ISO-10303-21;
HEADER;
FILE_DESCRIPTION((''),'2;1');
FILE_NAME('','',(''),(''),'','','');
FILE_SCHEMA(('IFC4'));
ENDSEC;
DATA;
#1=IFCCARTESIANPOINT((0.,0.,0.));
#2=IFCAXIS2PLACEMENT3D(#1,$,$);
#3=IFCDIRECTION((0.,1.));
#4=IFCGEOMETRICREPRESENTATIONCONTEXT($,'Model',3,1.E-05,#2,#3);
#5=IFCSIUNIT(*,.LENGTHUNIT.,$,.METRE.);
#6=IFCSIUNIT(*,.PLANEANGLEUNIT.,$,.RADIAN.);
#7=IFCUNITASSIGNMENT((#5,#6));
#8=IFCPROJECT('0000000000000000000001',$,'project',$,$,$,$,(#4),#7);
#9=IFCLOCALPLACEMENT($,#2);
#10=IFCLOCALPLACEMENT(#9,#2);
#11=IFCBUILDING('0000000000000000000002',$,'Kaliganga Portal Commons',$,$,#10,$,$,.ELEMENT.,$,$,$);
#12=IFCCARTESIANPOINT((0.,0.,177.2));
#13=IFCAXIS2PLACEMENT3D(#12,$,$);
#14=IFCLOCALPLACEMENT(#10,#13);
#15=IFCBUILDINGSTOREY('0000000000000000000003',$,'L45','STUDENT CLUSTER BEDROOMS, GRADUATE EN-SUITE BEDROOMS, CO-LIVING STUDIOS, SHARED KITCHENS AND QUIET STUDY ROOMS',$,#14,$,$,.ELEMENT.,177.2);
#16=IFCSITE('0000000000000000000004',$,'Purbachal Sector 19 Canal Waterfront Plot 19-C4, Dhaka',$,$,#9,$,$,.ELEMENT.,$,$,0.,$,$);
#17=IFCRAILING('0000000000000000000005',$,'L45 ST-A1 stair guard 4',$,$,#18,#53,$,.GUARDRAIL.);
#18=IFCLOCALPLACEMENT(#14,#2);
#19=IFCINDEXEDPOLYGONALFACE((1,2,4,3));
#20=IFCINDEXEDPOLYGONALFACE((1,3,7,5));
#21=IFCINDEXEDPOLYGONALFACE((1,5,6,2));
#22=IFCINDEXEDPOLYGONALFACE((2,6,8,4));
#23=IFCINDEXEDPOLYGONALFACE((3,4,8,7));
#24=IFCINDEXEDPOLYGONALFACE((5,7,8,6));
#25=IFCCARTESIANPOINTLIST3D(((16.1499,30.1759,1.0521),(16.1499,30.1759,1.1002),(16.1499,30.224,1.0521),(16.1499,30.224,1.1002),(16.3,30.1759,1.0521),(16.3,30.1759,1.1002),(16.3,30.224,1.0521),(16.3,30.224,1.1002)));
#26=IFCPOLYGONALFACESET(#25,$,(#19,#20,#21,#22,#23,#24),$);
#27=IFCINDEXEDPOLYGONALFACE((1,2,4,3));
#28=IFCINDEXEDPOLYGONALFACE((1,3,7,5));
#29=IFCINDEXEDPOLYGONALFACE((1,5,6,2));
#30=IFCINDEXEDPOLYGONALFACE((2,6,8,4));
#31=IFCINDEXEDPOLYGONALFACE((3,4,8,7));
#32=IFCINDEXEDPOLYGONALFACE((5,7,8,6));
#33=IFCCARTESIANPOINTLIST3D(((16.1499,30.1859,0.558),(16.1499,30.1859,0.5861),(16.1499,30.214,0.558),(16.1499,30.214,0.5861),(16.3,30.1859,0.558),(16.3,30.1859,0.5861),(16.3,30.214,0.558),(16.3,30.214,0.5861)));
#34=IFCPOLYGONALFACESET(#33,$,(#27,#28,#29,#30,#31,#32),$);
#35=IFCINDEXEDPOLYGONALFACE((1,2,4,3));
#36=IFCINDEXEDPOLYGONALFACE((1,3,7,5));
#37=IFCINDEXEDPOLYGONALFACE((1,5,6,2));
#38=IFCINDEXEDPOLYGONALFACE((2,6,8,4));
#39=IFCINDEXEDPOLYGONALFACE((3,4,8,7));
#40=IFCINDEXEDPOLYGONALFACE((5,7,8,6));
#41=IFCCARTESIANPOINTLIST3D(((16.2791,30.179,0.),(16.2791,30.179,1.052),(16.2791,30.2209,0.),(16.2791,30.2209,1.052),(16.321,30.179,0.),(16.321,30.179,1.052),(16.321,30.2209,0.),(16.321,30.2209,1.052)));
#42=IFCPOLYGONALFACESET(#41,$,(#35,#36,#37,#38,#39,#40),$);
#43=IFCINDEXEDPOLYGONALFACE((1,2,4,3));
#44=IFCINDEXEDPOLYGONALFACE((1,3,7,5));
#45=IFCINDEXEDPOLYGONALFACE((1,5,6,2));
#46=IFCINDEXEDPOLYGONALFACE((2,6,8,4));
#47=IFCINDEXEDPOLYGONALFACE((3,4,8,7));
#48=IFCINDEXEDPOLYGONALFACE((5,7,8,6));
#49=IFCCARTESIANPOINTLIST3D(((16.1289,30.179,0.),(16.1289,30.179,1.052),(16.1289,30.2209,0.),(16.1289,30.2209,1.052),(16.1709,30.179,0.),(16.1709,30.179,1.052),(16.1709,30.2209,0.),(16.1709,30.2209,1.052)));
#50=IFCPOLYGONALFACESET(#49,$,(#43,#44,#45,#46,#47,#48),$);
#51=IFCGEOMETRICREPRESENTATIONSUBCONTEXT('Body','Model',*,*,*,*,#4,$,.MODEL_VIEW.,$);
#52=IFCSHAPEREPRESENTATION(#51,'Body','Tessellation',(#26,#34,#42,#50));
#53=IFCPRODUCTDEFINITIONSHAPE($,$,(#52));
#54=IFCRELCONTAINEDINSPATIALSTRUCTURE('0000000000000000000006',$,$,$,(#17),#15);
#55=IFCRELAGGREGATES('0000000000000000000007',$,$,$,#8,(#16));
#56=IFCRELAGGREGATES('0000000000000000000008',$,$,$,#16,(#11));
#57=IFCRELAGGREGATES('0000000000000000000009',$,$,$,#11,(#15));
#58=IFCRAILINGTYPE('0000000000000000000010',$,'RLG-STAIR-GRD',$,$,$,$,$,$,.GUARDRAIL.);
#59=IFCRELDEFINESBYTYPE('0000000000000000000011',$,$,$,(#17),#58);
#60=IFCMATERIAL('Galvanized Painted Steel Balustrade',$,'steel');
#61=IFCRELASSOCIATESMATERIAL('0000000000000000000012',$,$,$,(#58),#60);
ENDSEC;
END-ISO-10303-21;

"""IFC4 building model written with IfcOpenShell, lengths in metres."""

from ifc_helpers import new_model, si_unit, direction, frame, origin, origin_2d, place, context, subcontext, project, spatial, rectangle, extrude, material, type_object, element, save


model = new_model("IFC4")

# Units and contexts
model_context = context("Model", 3, precision=1e-05, world=origin(), true_north=direction((0.0, 1.0)))
body_context = subcontext(model_context, "Body", "Model", "MODEL_VIEW")
ifc_project = project(units=[si_unit("LENGTHUNIT", "METRE"), si_unit("PLANEANGLEUNIT", "RADIAN")], contexts=[model_context])

# Site, building, storey
site_placement = place(None, origin())
site = spatial("IfcSite", under=ifc_project, at=site_placement, Name="Purbachal Sector 19 Canal Waterfront Plot 19-C4, Dhaka", CompositionType="ELEMENT", RefElevation=0.0)
building_placement = place(site_placement, origin())
building = spatial("IfcBuilding", under=site, at=building_placement, Name="Kaliganga Portal Commons", CompositionType="ELEMENT")
storey_placement = place(building_placement, frame((0.0, 0.0, 177.2)))
storey = spatial("IfcBuildingStorey", under=building, at=storey_placement, Name="L45", Description="STUDENT CLUSTER BEDROOMS, GRADUATE EN-SUITE BEDROOMS, CO-LIVING STUDIOS, SHARED KITCHENS AND QUIET STUDY ROOMS", CompositionType="ELEMENT", Elevation=177.2)

# Railing
ifc_material_1 = material(Name="Galvanized Painted Steel Balustrade", Category="steel")
railing_type = type_object("IfcRailingType", Name="RLG-STAIR-GRD", PredefinedType="GUARDRAIL", material=ifc_material_1)
railing_placement = place(storey_placement, frame((16.3, 30.2, 0.0)))
element("IfcRailing", 1, at=railing_placement, inside=storey, type_object=railing_type, Name="L45 ST-A1 stair guard 4", PredefinedType="GUARDRAIL", context=body_context, shape_type="SweptSolid", body=[
    extrude(rectangle(XDim=0.0481, YDim=0.0481, at=origin_2d()), frame((0.0, 0.0, 1.0762), z_axis=(-1.0, 0.0, 0.0), x_axis=(0.0, -1.0, 0.0)), (0.0, 0.0, 1.0), 0.1501),
    extrude(rectangle(XDim=0.0281, YDim=0.0281, at=origin_2d()), frame((0.0, 0.0, 0.572), z_axis=(-1.0, 0.0, 0.0), x_axis=(0.0, -1.0, 0.0)), (0.0, 0.0, 1.0), 0.1501),
    extrude(rectangle(XDim=0.042, YDim=0.042, at=origin_2d()), origin(), (0.0, 0.0, 1.0), 1.052),
    extrude(rectangle(XDim=0.042, YDim=0.042, at=origin_2d()), frame((-0.1501, 0.0, 0.0)), (0.0, 0.0, 1.0), 1.052),
])

save(model, "model.ifc")
